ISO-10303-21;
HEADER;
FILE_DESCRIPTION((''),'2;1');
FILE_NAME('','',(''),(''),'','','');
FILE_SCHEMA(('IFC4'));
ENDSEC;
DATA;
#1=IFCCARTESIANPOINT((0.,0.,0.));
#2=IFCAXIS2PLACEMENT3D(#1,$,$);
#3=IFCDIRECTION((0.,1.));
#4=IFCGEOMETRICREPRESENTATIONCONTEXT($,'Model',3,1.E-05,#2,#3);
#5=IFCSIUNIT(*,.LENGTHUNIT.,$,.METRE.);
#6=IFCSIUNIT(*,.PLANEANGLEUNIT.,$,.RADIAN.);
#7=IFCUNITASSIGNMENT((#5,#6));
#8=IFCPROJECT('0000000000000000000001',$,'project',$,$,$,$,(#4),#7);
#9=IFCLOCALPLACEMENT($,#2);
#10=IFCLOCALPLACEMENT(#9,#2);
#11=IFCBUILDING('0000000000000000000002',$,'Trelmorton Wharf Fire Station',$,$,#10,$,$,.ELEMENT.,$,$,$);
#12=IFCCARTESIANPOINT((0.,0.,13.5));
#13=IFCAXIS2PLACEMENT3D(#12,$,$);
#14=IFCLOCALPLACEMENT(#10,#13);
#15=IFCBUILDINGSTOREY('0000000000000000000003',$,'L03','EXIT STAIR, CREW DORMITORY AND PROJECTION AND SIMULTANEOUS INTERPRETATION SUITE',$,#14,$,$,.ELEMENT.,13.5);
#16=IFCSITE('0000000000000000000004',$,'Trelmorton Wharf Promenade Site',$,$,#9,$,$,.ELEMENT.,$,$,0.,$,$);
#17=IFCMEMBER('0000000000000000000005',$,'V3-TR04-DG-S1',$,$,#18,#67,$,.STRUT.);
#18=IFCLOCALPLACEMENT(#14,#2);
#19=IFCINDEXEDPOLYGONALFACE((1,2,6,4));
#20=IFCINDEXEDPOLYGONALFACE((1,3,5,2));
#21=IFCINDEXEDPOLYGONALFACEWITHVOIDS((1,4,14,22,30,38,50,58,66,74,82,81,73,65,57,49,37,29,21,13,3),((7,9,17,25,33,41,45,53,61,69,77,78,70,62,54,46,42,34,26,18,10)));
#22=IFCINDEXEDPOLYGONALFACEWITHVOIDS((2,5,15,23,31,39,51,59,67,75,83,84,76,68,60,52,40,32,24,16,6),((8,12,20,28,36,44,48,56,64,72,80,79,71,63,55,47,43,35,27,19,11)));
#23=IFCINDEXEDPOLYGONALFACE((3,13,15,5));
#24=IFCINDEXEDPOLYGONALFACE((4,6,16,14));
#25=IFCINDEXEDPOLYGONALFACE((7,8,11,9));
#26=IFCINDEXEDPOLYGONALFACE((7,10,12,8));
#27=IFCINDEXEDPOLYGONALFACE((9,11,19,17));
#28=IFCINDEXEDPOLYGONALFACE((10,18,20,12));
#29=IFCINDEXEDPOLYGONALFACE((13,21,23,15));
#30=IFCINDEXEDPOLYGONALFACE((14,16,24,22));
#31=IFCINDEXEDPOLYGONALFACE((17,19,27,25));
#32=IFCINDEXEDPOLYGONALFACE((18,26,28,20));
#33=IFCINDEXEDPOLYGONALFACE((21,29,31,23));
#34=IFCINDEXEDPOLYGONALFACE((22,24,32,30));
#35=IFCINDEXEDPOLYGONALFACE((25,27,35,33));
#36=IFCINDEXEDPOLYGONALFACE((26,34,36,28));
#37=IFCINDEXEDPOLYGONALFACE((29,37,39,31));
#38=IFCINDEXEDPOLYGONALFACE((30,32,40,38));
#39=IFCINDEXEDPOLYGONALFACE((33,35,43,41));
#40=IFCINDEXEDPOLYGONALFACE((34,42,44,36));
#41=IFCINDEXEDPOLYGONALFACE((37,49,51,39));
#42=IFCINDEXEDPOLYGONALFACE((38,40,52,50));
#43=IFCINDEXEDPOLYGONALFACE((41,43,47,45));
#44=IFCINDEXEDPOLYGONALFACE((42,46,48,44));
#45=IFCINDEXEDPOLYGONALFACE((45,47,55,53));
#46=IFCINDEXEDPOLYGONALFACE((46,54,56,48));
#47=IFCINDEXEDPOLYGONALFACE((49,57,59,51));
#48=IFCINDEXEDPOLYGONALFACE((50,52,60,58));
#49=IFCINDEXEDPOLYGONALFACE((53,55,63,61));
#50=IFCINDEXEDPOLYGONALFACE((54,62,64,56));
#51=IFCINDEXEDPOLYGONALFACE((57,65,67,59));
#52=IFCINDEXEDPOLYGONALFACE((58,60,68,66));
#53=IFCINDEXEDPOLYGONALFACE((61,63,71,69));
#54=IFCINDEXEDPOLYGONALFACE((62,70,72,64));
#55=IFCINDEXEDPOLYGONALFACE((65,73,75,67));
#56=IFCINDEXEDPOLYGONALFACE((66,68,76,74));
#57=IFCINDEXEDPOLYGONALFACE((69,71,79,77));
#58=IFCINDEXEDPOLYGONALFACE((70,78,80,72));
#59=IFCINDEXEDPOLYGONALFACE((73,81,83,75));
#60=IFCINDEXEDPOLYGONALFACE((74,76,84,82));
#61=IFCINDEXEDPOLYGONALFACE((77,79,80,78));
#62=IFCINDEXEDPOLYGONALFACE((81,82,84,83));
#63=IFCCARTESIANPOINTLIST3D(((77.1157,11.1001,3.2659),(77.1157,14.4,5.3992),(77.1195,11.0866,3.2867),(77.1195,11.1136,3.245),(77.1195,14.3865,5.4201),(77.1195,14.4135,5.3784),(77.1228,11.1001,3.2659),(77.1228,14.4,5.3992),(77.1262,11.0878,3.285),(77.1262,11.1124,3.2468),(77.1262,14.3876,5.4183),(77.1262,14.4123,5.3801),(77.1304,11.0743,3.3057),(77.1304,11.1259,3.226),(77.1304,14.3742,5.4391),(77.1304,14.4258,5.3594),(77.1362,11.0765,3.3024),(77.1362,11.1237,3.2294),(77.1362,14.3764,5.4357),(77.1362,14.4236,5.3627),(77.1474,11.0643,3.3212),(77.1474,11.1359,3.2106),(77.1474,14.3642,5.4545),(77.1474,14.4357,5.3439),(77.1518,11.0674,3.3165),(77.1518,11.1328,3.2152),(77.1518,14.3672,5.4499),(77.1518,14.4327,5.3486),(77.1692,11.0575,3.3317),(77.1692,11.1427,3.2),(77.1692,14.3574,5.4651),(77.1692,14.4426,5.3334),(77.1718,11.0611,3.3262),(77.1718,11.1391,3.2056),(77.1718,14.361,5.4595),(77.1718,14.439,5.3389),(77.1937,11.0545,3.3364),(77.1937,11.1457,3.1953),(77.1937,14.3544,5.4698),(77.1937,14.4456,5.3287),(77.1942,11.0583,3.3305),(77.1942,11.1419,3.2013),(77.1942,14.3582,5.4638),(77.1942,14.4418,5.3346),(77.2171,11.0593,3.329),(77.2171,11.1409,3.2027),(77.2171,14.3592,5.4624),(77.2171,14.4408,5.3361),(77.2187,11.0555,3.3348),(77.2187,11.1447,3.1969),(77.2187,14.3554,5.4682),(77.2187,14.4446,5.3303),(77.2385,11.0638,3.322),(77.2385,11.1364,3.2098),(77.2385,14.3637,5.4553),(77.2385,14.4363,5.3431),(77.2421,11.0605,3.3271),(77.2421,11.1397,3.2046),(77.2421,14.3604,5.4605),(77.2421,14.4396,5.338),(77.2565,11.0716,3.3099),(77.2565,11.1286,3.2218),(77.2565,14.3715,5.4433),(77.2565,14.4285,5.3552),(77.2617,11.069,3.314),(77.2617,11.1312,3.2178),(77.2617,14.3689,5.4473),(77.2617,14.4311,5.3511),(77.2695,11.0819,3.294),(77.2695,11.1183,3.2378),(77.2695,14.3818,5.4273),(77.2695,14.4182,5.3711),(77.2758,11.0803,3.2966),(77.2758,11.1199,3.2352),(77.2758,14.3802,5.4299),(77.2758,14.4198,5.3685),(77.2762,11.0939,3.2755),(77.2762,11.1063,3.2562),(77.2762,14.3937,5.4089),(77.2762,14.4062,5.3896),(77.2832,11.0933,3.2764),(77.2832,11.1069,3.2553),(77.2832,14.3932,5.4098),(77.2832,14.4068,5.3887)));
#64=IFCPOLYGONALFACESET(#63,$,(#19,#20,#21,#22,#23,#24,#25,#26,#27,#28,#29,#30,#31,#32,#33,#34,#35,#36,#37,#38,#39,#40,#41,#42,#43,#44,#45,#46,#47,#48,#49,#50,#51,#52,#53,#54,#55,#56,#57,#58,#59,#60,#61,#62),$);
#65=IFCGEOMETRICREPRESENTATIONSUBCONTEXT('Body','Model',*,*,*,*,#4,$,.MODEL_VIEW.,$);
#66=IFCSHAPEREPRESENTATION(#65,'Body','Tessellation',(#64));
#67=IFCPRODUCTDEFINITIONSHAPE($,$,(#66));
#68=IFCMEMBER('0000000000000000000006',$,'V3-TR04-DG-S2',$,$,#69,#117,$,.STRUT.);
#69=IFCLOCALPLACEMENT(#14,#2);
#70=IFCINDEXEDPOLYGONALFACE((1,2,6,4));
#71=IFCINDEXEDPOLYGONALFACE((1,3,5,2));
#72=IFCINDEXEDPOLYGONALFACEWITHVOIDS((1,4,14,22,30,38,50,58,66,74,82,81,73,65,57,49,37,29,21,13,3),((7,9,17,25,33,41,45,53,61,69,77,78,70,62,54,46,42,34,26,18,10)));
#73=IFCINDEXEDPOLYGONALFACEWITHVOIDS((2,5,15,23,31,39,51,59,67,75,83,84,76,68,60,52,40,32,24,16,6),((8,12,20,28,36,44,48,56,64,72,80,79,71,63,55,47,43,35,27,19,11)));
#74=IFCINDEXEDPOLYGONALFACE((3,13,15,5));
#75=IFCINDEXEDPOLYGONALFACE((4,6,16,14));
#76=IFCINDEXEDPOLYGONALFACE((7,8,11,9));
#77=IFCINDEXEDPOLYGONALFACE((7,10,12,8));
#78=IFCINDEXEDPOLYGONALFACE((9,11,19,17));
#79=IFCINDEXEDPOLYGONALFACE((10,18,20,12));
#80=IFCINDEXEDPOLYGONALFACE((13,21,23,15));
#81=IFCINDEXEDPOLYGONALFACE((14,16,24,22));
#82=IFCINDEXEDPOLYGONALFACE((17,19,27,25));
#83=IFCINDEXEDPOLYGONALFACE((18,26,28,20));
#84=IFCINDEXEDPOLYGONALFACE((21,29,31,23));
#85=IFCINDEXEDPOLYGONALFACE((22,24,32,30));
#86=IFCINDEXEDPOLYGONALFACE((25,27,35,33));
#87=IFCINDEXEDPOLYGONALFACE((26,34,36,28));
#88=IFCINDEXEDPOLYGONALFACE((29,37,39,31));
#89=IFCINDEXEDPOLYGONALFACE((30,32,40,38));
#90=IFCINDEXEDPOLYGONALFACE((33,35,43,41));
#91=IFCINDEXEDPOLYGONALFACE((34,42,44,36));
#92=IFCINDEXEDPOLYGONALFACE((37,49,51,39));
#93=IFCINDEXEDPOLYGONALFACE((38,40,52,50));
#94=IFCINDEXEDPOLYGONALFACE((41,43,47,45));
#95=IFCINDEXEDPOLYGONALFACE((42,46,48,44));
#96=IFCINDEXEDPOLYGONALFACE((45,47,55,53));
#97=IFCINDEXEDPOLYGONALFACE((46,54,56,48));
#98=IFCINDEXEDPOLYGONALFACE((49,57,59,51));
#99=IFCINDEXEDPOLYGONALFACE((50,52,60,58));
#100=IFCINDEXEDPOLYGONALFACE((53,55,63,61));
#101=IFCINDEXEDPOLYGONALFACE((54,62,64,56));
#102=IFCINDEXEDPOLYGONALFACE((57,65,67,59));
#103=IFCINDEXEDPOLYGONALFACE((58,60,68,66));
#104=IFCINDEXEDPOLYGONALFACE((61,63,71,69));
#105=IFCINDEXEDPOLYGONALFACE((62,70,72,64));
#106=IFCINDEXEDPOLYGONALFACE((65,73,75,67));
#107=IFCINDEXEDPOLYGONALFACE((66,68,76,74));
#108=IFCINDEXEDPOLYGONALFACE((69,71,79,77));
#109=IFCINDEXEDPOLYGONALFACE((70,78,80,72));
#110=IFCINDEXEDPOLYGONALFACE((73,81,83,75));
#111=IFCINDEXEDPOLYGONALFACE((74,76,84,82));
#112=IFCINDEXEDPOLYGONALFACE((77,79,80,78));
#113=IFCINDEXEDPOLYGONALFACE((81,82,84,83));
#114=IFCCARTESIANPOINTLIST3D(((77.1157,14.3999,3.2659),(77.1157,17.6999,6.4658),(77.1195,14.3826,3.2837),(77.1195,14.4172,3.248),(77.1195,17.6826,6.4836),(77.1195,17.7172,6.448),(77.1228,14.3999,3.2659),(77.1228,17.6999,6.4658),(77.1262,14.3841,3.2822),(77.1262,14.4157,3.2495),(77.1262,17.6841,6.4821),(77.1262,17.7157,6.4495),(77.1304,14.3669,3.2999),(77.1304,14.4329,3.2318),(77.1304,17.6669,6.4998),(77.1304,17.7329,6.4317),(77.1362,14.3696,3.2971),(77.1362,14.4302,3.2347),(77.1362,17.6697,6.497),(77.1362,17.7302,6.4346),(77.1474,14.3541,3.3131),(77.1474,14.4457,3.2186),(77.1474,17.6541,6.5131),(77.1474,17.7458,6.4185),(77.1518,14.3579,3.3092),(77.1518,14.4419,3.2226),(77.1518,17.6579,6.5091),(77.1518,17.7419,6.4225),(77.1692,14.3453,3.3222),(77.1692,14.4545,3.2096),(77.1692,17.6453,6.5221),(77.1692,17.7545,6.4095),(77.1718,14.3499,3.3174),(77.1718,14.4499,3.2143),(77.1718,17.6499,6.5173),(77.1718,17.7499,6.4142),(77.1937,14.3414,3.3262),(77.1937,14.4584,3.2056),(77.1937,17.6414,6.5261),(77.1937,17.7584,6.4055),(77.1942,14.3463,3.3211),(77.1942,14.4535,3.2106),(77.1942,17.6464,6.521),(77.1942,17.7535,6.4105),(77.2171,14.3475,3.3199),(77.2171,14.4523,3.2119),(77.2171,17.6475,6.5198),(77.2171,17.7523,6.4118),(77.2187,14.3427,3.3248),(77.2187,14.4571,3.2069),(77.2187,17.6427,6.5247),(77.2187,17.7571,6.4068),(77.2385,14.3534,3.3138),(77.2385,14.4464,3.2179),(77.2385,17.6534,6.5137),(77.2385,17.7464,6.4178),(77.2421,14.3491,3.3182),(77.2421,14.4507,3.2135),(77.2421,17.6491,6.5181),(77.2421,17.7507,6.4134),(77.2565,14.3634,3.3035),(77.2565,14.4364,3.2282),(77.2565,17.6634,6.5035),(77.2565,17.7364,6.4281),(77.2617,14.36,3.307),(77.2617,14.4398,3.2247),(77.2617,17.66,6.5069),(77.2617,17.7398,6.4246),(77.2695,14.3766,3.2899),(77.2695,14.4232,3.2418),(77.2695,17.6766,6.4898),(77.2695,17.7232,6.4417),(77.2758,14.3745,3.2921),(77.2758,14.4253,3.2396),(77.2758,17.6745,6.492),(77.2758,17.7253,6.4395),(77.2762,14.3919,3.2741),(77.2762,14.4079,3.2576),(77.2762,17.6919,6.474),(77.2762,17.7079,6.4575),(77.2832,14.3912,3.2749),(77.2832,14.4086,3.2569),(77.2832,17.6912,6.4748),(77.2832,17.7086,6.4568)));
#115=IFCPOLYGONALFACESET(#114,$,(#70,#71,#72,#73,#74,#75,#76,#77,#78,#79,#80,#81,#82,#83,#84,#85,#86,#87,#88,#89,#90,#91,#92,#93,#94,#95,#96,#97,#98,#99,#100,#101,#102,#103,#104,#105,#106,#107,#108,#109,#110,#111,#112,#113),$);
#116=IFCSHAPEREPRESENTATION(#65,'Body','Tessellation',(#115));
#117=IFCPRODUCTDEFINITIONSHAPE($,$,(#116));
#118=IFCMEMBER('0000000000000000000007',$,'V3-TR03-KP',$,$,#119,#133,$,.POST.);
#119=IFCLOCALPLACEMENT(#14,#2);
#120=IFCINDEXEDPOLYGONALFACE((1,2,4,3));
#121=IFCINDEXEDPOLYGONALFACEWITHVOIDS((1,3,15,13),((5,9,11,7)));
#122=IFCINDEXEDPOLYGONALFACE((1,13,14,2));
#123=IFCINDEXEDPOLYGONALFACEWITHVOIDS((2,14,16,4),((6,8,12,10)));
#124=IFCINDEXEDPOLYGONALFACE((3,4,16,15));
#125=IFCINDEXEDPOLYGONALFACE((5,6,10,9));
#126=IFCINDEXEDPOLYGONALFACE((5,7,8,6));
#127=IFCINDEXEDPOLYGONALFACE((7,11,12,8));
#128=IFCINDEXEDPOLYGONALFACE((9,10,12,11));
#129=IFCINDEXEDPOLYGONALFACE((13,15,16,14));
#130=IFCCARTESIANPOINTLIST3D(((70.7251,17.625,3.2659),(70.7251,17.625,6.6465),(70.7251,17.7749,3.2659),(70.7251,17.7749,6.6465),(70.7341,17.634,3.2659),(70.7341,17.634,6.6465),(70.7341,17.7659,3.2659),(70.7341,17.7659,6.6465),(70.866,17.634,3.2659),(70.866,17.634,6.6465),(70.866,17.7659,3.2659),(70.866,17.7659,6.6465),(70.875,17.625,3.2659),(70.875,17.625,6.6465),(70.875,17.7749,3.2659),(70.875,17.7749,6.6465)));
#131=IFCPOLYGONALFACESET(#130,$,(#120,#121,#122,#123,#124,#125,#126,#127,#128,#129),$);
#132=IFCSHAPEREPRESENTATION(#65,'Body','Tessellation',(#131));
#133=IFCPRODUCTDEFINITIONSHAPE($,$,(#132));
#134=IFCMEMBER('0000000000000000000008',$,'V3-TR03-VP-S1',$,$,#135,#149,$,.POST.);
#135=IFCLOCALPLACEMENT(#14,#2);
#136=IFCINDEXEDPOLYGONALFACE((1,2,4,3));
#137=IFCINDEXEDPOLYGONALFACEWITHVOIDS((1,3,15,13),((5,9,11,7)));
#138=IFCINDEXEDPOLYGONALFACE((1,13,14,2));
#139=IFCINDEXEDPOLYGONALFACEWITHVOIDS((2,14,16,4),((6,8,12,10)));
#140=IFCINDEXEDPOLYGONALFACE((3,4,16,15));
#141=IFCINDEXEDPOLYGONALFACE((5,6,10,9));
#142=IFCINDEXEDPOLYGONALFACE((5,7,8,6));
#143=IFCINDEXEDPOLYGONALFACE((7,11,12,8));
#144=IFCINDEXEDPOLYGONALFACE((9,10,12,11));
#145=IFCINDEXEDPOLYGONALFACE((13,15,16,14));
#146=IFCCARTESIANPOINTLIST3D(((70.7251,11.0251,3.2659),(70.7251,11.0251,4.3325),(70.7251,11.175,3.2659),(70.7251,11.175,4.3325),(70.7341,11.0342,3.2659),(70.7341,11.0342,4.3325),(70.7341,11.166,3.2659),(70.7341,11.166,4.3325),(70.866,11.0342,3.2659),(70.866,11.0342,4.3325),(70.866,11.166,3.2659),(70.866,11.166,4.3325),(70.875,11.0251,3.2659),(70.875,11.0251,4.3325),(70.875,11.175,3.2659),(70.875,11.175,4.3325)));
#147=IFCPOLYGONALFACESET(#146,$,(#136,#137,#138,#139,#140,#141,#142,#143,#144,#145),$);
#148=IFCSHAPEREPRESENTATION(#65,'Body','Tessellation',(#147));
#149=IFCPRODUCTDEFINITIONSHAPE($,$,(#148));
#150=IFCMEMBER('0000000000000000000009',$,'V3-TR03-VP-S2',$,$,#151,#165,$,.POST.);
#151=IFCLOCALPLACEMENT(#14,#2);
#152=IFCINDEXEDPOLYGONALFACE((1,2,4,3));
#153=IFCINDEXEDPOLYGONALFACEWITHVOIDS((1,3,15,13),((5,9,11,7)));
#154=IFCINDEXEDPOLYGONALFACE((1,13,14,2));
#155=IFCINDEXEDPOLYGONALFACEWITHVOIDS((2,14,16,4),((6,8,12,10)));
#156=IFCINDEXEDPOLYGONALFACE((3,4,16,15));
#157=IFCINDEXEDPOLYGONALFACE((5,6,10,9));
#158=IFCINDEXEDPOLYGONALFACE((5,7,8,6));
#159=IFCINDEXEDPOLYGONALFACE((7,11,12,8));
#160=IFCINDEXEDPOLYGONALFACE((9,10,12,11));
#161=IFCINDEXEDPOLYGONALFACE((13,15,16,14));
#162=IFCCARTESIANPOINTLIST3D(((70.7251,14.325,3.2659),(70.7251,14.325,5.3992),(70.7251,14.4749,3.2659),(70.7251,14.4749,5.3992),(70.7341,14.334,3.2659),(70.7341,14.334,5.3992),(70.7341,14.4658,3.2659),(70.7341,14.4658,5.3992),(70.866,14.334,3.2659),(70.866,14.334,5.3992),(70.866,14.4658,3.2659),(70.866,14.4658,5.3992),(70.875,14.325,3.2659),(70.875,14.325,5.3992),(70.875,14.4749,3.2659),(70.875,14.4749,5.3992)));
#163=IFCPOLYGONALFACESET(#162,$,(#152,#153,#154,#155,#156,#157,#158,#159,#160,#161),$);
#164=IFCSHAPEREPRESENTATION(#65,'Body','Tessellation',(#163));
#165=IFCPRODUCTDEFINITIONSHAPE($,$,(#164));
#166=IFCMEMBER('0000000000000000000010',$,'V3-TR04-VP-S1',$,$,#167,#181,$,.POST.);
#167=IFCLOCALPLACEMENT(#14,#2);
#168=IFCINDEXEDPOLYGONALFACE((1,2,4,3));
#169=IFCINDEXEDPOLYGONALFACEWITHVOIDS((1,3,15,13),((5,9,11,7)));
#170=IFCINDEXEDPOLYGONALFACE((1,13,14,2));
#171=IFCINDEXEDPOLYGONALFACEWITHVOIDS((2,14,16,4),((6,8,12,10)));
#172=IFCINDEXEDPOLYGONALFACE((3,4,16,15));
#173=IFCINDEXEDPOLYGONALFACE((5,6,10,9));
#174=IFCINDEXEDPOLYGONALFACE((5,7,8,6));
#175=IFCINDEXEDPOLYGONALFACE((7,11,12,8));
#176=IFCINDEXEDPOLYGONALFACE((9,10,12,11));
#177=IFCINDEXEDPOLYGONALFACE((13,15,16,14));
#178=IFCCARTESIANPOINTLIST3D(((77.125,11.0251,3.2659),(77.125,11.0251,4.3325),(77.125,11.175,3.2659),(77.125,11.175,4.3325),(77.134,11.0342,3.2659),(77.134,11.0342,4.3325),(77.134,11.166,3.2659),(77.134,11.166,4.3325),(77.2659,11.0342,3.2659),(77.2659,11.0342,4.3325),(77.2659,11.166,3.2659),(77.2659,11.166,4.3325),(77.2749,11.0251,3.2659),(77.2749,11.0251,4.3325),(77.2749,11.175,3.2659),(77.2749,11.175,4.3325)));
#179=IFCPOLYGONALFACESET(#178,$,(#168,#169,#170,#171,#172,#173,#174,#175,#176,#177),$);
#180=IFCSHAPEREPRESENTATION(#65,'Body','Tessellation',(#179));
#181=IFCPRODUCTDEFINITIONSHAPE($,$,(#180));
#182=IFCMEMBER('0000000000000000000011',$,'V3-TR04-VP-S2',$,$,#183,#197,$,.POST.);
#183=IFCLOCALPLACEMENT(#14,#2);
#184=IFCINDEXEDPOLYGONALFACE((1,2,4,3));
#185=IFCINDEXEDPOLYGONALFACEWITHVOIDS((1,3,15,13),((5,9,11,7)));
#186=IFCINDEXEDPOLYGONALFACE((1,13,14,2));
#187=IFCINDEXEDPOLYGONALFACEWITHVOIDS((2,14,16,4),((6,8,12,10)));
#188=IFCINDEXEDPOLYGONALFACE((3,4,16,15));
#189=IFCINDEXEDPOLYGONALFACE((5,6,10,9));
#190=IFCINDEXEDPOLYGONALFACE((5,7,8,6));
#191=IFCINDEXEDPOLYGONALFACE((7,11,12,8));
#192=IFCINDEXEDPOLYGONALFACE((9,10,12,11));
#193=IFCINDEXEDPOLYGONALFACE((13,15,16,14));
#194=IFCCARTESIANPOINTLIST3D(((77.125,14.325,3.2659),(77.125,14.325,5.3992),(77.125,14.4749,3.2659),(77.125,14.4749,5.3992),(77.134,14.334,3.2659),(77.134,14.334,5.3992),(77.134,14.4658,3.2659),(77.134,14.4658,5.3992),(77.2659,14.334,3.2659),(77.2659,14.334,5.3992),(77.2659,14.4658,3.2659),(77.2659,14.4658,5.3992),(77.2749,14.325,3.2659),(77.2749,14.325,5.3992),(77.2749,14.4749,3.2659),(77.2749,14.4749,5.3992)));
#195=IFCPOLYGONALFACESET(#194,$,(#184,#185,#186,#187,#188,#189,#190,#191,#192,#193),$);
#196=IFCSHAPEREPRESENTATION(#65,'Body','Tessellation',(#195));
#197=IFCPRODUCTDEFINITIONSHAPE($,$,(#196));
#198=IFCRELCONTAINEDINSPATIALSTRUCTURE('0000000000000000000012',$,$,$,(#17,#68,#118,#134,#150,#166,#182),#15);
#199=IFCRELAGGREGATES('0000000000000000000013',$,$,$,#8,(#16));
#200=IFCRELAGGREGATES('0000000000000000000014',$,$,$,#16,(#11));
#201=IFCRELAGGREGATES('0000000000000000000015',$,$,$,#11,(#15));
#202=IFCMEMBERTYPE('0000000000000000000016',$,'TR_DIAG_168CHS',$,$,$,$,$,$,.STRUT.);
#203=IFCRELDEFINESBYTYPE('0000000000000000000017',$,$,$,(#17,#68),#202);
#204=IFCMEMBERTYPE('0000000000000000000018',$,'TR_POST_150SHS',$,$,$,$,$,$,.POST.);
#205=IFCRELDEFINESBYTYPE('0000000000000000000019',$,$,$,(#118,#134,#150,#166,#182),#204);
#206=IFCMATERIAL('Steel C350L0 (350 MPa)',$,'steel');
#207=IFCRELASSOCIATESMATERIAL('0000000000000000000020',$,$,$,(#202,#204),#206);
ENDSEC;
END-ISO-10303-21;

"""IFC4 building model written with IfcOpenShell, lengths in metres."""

from ifc_helpers import new_model, si_unit, direction, frame, origin, origin_2d, place, context, subcontext, project, spatial, hollow_rectangle, hollow_circle, extrude, material, material_profile, profile_set, type_object, element, save


model = new_model("IFC4")

# Units and contexts
model_context = context("Model", 3, precision=1e-05, world=origin(), true_north=direction((0.0, 1.0)))
body_context = subcontext(model_context, "Body", "Model", "MODEL_VIEW")
ifc_project = project(units=[si_unit("LENGTHUNIT", "METRE"), si_unit("PLANEANGLEUNIT", "RADIAN")], contexts=[model_context])

# Site, building, storey
site_placement = place(None, origin())
site = spatial("IfcSite", under=ifc_project, at=site_placement, Name="Trelmorton Wharf Promenade Site", CompositionType="ELEMENT", RefElevation=0.0)
building_placement = place(site_placement, origin())
building = spatial("IfcBuilding", under=site, at=building_placement, Name="Trelmorton Wharf Fire Station", CompositionType="ELEMENT")
storey_placement = place(building_placement, frame((0.0, 0.0, 13.5)))
storey = spatial("IfcBuildingStorey", under=building, at=storey_placement, Name="L03", Description="EXIT STAIR, CREW DORMITORY AND PROJECTION AND SIMULTANEOUS INTERPRETATION SUITE", CompositionType="ELEMENT", Elevation=13.5)

# Members
ifc_material_1 = material(Name="Steel C350L0 (350 MPa)", Category="steel")
ifc_material_profile_1 = material_profile(ifc_material_1, hollow_circle(Radius=0.0842, WallThickness=0.0071, at=origin_2d()), Name="168.3x7.1CHS")
ifc_profile_set_1 = profile_set([ifc_material_profile_1], Name="Steel C350L0 (350 MPa)")
member_type_1 = type_object("IfcMemberType", Name="TR_DIAG_168CHS", PredefinedType="STRUT", material=ifc_profile_set_1)
member_1_placement = place(storey_placement, frame((77.2, 11.1001, 3.2659), z_axis=(0.0, 0.839787, 0.542916), x_axis=(-1.0, 0.0, 0.0)))
element("IfcMember", 1, at=member_1_placement, inside=storey, type_object=member_type_1, Name="V3-TR04-DG-S1", PredefinedType="STRUT", context=body_context, shape_type="SweptSolid", body=[
    extrude(hollow_circle(Radius=0.0842, WallThickness=0.0071, at=origin_2d()), origin(), (0.0, 0.0, 1.0), 3.9294),
])
member_2_placement = place(storey_placement, frame((77.2, 14.3999, 3.2659), z_axis=(0.0, 0.717911, 0.696135), x_axis=(-1.0, 0.0, 0.0)))
element("IfcMember", 2, at=member_2_placement, inside=storey, type_object=member_type_1, Name="V3-TR04-DG-S2", PredefinedType="STRUT", context=body_context, shape_type="SweptSolid", body=[
    extrude(hollow_circle(Radius=0.0842, WallThickness=0.0071, at=origin_2d()), origin(), (0.0, 0.0, 1.0), 4.5967),
])
ifc_material_profile_2 = material_profile(ifc_material_1, hollow_rectangle(XDim=0.1499, YDim=0.1499, WallThickness=0.009, at=origin_2d()), Name="150x150x9.0SHS")
ifc_profile_set_2 = profile_set([ifc_material_profile_2], Name="Steel C350L0 (350 MPa)")
member_type_2 = type_object("IfcMemberType", Name="TR_POST_150SHS", PredefinedType="POST", material=ifc_profile_set_2)
member_3_placement = place(storey_placement, frame((70.8, 17.7, 3.2659), z_axis=(0.0, 0.0, 1.0), x_axis=(1.0, 0.0, 0.0)))
element("IfcMember", 3, at=member_3_placement, inside=storey, type_object=member_type_2, Name="V3-TR03-KP", PredefinedType="POST", context=body_context, shape_type="SweptSolid", body=[
    extrude(hollow_rectangle(XDim=0.1499, YDim=0.1499, WallThickness=0.009, at=origin_2d()), origin(), (0.0, 0.0, 1.0), 3.3806),
])
member_4_placement = place(storey_placement, frame((70.8, 11.1001, 3.2659), z_axis=(0.0, 0.0, 1.0), x_axis=(1.0, 0.0, 0.0)))
element("IfcMember", 4, at=member_4_placement, inside=storey, type_object=member_type_2, Name="V3-TR03-VP-S1", PredefinedType="POST", context=body_context, shape_type="SweptSolid", body=[
    extrude(hollow_rectangle(XDim=0.1499, YDim=0.1499, WallThickness=0.009, at=origin_2d()), origin(), (0.0, 0.0, 1.0), 1.0667),
])
member_5_placement = place(storey_placement, frame((70.8, 14.3999, 3.2659), z_axis=(0.0, 0.0, 1.0), x_axis=(1.0, 0.0, 0.0)))
element("IfcMember", 5, at=member_5_placement, inside=storey, type_object=member_type_2, Name="V3-TR03-VP-S2", PredefinedType="POST", context=body_context, shape_type="SweptSolid", body=[
    extrude(hollow_rectangle(XDim=0.1499, YDim=0.1499, WallThickness=0.009, at=origin_2d()), origin(), (0.0, 0.0, 1.0), 2.1333),
])
member_6_placement = place(storey_placement, frame((77.2, 11.1001, 3.2659), z_axis=(0.0, 0.0, 1.0), x_axis=(1.0, 0.0, 0.0)))
element("IfcMember", 6, at=member_6_placement, inside=storey, type_object=member_type_2, Name="V3-TR04-VP-S1", PredefinedType="POST", context=body_context, shape_type="SweptSolid", body=[
    extrude(hollow_rectangle(XDim=0.1499, YDim=0.1499, WallThickness=0.009, at=origin_2d()), origin(), (0.0, 0.0, 1.0), 1.0667),
])
member_7_placement = place(storey_placement, frame((77.2, 14.3999, 3.2659), z_axis=(0.0, 0.0, 1.0), x_axis=(1.0, 0.0, 0.0)))
element("IfcMember", 7, at=member_7_placement, inside=storey, type_object=member_type_2, Name="V3-TR04-VP-S2", PredefinedType="POST", context=body_context, shape_type="SweptSolid", body=[
    extrude(hollow_rectangle(XDim=0.1499, YDim=0.1499, WallThickness=0.009, at=origin_2d()), origin(), (0.0, 0.0, 1.0), 2.1333),
])

save(model, "model.ifc")
